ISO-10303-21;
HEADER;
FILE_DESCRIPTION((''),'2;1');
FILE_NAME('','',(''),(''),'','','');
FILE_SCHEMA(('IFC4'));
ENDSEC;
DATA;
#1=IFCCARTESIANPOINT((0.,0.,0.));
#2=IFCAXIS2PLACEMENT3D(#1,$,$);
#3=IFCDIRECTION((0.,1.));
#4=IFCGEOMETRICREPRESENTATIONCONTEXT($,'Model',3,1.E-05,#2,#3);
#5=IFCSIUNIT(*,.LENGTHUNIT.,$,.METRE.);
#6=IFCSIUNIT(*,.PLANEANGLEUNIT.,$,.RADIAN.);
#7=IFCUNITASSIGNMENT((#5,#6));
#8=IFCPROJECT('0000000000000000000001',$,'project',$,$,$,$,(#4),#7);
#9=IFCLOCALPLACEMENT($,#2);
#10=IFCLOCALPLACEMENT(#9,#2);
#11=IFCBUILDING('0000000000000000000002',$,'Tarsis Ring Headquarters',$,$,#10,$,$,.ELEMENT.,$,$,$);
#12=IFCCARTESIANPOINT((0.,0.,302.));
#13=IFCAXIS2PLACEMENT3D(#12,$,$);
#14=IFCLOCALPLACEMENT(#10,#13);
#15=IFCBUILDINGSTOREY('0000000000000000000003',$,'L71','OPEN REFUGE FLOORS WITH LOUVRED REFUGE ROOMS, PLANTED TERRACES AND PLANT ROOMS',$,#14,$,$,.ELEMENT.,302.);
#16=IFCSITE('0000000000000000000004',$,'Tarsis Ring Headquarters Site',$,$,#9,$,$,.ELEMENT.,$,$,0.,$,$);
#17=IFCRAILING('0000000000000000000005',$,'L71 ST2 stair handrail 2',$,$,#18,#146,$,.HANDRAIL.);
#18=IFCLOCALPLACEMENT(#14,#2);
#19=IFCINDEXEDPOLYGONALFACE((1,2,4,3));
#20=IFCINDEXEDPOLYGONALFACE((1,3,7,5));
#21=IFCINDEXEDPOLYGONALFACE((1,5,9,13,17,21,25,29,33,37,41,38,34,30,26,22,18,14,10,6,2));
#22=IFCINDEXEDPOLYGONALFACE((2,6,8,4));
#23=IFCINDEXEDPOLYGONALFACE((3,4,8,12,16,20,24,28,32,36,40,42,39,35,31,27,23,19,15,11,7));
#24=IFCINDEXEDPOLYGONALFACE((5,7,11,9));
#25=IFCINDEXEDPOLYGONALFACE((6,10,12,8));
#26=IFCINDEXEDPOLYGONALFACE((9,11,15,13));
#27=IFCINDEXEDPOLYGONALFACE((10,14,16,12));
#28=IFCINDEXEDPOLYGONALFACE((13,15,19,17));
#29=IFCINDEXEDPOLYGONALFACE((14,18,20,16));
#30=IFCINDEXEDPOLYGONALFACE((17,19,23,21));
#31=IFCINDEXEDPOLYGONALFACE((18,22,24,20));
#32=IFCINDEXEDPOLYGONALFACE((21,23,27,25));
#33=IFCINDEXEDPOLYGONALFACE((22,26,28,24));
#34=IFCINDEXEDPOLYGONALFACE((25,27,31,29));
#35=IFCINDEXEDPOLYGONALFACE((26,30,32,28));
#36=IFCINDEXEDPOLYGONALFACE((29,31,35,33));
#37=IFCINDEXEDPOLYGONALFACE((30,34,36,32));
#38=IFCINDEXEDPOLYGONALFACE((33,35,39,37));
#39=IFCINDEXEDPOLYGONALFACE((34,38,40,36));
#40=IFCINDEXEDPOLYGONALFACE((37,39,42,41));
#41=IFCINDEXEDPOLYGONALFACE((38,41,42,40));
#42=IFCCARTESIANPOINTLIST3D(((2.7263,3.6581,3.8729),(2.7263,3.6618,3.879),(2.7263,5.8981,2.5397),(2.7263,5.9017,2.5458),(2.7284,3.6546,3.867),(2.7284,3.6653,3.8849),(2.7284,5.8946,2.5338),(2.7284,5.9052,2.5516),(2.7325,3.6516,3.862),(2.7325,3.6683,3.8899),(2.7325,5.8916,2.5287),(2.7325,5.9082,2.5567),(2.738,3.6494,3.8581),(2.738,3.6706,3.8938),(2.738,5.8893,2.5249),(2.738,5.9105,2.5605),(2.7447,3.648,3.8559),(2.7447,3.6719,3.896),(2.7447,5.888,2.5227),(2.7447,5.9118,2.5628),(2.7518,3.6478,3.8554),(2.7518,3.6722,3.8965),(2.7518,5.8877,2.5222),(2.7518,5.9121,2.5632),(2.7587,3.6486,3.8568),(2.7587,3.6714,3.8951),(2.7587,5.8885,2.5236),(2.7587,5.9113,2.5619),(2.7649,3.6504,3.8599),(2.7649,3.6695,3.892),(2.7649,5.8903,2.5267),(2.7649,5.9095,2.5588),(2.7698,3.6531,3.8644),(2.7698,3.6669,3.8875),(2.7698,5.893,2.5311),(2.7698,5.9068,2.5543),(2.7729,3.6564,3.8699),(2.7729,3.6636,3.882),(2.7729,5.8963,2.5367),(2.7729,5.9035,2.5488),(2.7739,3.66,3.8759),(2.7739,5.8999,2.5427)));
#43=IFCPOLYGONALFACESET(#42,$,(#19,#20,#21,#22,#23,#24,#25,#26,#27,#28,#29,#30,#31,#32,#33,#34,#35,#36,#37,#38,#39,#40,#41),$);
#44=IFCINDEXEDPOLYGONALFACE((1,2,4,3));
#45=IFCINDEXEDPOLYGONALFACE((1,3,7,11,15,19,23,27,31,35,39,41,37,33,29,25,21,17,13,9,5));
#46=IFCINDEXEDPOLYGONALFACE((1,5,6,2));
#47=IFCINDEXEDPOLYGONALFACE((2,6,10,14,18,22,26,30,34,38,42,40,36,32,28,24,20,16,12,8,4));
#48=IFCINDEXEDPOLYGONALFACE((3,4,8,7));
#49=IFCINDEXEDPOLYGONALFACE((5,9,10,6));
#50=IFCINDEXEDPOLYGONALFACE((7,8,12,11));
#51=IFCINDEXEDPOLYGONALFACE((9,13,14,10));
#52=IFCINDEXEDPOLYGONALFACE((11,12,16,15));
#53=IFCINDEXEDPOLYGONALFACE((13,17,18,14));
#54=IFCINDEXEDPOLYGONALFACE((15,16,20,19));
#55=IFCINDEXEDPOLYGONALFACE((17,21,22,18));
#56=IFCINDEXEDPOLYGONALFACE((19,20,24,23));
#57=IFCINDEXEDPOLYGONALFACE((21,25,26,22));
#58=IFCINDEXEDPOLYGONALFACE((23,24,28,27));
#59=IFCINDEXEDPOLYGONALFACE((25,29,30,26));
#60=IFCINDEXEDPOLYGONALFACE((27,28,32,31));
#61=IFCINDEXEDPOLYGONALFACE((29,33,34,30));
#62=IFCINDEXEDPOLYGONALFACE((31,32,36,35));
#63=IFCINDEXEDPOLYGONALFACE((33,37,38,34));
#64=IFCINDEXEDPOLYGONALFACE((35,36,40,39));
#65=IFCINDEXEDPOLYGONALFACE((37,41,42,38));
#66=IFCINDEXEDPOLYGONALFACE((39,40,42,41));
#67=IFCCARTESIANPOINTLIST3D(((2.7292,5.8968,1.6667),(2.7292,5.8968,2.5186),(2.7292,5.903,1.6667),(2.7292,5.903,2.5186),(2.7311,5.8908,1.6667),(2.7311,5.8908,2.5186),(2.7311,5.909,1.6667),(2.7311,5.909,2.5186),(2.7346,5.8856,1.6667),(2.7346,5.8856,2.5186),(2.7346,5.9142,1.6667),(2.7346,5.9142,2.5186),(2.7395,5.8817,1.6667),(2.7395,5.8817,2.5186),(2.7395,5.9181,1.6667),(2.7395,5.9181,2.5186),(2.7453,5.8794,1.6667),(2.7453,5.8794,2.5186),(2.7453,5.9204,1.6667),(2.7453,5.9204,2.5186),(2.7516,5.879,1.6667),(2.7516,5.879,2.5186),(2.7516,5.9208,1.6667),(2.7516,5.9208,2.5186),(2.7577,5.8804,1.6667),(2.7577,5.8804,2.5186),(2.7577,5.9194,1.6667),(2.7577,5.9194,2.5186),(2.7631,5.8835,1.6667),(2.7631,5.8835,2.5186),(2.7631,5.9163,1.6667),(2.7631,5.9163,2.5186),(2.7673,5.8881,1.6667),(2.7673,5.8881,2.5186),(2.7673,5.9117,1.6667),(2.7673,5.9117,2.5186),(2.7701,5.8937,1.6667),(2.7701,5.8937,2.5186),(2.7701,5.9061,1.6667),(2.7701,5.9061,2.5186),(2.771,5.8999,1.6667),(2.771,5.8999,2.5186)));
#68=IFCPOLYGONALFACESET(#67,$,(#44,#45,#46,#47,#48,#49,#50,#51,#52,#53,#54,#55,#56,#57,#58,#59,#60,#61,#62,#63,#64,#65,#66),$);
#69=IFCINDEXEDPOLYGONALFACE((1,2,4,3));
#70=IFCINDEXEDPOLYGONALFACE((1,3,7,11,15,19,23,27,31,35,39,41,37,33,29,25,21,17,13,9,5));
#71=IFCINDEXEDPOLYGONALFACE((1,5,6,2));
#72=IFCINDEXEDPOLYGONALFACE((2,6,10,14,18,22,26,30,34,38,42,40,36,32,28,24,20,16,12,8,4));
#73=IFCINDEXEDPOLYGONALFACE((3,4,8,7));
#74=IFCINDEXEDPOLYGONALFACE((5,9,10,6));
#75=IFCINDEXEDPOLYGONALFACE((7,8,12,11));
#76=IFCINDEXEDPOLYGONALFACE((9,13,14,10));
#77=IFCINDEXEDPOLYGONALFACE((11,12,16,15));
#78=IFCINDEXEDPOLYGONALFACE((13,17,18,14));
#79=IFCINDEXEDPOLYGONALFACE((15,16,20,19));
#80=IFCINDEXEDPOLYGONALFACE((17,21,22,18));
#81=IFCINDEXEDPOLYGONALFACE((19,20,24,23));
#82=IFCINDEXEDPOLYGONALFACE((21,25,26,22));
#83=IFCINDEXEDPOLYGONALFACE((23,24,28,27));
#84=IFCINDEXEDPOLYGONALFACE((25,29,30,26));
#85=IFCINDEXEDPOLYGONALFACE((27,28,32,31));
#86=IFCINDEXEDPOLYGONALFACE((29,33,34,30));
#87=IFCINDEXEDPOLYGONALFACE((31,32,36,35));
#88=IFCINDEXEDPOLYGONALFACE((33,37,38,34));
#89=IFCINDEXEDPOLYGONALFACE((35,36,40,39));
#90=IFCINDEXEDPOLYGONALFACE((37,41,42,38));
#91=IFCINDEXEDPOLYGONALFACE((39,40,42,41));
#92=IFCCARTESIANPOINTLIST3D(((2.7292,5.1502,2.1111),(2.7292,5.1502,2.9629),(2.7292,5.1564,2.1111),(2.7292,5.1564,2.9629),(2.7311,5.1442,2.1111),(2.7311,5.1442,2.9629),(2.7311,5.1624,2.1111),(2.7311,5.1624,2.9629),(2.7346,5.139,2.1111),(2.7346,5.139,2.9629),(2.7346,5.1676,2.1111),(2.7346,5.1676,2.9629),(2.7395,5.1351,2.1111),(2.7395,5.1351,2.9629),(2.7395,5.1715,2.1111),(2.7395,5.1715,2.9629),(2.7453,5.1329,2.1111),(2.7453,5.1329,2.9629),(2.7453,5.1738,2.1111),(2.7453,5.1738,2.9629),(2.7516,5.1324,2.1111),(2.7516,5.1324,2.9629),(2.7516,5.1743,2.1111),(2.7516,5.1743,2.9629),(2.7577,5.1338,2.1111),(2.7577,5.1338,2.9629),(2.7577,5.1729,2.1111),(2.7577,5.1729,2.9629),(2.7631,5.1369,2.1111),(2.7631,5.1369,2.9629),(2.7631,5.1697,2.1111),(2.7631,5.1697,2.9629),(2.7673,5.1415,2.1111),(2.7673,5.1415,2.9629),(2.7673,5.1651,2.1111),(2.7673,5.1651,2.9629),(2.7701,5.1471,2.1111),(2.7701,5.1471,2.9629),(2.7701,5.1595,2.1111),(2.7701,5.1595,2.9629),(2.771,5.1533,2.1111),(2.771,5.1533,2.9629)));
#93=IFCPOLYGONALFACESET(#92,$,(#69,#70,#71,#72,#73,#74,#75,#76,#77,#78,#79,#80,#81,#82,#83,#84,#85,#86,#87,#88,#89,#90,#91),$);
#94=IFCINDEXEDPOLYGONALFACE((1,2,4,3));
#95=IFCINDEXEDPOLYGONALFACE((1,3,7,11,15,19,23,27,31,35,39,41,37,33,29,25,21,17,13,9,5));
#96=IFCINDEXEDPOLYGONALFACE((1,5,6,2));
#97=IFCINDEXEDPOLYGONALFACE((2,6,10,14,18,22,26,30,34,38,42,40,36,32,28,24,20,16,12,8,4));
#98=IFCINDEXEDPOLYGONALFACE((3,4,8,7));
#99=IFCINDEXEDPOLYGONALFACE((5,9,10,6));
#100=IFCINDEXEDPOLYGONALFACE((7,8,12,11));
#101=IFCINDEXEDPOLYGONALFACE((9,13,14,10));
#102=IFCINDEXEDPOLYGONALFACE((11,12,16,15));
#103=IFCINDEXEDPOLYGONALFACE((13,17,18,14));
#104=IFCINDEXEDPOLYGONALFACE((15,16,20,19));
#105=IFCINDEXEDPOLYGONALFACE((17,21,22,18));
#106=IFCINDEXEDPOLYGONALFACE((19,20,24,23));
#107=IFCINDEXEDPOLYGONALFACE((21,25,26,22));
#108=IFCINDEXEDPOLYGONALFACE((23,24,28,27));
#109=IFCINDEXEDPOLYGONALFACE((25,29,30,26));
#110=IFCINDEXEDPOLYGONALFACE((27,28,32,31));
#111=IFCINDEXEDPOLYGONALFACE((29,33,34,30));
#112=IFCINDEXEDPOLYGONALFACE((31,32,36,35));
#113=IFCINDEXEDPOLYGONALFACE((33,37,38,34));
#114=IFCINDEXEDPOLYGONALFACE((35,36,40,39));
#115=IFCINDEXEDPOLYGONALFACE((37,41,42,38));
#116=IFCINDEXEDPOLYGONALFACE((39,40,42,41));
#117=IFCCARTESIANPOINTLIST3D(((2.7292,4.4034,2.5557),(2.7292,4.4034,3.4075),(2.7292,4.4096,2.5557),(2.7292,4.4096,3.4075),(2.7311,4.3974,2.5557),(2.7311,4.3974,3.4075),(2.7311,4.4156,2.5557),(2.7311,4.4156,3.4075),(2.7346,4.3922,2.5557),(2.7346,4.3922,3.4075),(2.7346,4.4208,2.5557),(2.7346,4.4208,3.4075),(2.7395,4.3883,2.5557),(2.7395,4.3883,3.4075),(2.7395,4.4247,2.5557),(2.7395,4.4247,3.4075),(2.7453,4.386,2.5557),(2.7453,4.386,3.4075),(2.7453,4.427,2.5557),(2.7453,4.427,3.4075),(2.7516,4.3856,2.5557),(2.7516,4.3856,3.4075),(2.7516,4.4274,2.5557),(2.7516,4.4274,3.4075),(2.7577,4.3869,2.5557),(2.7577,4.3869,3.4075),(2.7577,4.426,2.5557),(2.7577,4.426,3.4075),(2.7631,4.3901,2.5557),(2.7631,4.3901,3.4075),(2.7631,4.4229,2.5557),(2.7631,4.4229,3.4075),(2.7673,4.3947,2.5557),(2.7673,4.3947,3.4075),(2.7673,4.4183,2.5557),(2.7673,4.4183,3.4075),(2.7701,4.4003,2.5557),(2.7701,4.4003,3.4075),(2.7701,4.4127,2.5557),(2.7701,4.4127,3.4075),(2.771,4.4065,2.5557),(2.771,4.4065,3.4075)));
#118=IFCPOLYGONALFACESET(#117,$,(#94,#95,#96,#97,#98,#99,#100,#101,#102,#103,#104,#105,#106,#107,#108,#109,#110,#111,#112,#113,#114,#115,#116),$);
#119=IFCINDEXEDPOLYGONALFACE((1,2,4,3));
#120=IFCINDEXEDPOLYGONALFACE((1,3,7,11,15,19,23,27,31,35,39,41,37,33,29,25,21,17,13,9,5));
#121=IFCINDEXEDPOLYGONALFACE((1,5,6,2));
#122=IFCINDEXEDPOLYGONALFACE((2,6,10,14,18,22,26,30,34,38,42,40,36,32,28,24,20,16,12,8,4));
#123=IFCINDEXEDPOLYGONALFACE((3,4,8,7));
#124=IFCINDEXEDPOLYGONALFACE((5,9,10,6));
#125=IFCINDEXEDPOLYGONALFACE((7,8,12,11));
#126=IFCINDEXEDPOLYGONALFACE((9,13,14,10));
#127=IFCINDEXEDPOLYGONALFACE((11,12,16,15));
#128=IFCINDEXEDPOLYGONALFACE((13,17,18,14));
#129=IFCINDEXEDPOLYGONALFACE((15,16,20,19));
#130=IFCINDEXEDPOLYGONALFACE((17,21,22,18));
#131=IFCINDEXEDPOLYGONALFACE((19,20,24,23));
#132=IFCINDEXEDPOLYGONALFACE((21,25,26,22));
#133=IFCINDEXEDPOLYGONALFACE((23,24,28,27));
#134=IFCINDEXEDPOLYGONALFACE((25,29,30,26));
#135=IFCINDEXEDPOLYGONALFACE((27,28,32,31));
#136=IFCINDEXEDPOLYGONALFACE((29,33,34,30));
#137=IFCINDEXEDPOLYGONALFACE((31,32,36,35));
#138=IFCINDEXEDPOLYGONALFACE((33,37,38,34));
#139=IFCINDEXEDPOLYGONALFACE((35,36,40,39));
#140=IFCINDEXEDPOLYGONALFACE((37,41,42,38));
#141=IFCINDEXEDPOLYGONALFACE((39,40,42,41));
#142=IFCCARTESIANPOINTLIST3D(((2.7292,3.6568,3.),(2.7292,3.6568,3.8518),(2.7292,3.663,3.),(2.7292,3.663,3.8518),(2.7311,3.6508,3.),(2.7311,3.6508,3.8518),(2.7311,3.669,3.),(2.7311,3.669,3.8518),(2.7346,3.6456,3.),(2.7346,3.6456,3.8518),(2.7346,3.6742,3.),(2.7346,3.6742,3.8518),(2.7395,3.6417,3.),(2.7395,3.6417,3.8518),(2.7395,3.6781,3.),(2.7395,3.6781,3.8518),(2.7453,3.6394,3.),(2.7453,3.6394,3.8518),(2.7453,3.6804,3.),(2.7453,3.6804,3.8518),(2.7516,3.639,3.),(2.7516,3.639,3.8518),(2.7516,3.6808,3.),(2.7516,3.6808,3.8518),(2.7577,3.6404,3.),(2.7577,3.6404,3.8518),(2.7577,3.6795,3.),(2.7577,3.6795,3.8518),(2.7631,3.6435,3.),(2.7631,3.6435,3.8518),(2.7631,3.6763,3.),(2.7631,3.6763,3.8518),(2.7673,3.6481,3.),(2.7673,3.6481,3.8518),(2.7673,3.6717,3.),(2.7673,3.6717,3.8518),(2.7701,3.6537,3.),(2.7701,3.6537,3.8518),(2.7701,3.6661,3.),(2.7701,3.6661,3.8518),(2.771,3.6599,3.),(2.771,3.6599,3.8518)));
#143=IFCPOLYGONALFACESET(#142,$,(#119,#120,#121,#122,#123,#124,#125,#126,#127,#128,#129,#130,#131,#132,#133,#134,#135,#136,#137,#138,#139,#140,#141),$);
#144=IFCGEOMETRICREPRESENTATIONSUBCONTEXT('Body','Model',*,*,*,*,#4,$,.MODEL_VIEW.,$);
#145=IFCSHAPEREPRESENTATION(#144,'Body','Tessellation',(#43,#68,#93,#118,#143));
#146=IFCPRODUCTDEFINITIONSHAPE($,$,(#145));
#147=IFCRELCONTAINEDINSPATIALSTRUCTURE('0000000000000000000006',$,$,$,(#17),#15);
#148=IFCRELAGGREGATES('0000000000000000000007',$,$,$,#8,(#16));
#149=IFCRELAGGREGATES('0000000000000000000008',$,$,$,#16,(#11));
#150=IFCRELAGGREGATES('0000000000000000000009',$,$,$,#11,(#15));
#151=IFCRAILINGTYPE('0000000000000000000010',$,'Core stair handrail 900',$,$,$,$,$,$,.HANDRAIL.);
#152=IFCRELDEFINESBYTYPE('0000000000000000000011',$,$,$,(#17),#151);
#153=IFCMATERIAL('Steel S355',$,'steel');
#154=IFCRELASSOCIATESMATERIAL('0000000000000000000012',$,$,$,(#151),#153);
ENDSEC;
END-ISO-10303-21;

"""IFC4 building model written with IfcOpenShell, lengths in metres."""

from ifc_helpers import new_model, si_unit, direction, frame, origin, origin_2d, place, context, subcontext, project, spatial, circle, extrude, material, type_object, element, save


model = new_model("IFC4")

# Units and contexts
model_context = context("Model", 3, precision=1e-05, world=origin(), true_north=direction((0.0, 1.0)))
body_context = subcontext(model_context, "Body", "Model", "MODEL_VIEW")
ifc_project = project(units=[si_unit("LENGTHUNIT", "METRE"), si_unit("PLANEANGLEUNIT", "RADIAN")], contexts=[model_context])

# Site, building, storey
site_placement = place(None, origin())
site = spatial("IfcSite", under=ifc_project, at=site_placement, Name="Tarsis Ring Headquarters Site", CompositionType="ELEMENT", RefElevation=0.0)
building_placement = place(site_placement, origin())
building = spatial("IfcBuilding", under=site, at=building_placement, Name="Tarsis Ring Headquarters", CompositionType="ELEMENT")
storey_placement = place(building_placement, frame((0.0, 0.0, 302.0)))
storey = spatial("IfcBuildingStorey", under=building, at=storey_placement, Name="L71", Description="OPEN REFUGE FLOORS WITH LOUVRED REFUGE ROOMS, PLANTED TERRACES AND PLANT ROOMS", CompositionType="ELEMENT", Elevation=302.0)

# Railing
ifc_material_1 = material(Name="Steel S355", Category="steel")
railing_type_1 = type_object("IfcRailingType", Name="Core stair handrail 900", PredefinedType="HANDRAIL", material=ifc_material_1)
railing_1_placement = place(storey_placement, frame((2.75, 5.8999, 1.6667)))
element("IfcRailing", 1, at=railing_1_placement, inside=storey, type_object=railing_type_1, Name="L71 ST2 stair handrail 2", PredefinedType="HANDRAIL", context=body_context, shape_type="SweptSolid", body=[
    extrude(circle(Radius=0.0239, at=origin_2d()), frame((0.0, 0.0, 0.876), z_axis=(0.0, -0.859306, 0.511462), x_axis=(1.0, 0.0, 0.0)), (0.0, 0.0, 1.0), 2.6067),
    extrude(circle(Radius=0.021, at=origin_2d()), origin(), (0.0, 0.0, 1.0), 0.8518),
    extrude(circle(Radius=0.021, at=origin_2d()), frame((0.0, -0.7466, 0.4443)), (0.0, 0.0, 1.0), 0.8518),
    extrude(circle(Radius=0.021, at=origin_2d()), frame((0.0, -1.4934, 0.8889)), (0.0, 0.0, 1.0), 0.8518),
    extrude(circle(Radius=0.021, at=origin_2d()), frame((0.0, -2.24, 1.3333)), (0.0, 0.0, 1.0), 0.8518),
])

save(model, "model.ifc")
